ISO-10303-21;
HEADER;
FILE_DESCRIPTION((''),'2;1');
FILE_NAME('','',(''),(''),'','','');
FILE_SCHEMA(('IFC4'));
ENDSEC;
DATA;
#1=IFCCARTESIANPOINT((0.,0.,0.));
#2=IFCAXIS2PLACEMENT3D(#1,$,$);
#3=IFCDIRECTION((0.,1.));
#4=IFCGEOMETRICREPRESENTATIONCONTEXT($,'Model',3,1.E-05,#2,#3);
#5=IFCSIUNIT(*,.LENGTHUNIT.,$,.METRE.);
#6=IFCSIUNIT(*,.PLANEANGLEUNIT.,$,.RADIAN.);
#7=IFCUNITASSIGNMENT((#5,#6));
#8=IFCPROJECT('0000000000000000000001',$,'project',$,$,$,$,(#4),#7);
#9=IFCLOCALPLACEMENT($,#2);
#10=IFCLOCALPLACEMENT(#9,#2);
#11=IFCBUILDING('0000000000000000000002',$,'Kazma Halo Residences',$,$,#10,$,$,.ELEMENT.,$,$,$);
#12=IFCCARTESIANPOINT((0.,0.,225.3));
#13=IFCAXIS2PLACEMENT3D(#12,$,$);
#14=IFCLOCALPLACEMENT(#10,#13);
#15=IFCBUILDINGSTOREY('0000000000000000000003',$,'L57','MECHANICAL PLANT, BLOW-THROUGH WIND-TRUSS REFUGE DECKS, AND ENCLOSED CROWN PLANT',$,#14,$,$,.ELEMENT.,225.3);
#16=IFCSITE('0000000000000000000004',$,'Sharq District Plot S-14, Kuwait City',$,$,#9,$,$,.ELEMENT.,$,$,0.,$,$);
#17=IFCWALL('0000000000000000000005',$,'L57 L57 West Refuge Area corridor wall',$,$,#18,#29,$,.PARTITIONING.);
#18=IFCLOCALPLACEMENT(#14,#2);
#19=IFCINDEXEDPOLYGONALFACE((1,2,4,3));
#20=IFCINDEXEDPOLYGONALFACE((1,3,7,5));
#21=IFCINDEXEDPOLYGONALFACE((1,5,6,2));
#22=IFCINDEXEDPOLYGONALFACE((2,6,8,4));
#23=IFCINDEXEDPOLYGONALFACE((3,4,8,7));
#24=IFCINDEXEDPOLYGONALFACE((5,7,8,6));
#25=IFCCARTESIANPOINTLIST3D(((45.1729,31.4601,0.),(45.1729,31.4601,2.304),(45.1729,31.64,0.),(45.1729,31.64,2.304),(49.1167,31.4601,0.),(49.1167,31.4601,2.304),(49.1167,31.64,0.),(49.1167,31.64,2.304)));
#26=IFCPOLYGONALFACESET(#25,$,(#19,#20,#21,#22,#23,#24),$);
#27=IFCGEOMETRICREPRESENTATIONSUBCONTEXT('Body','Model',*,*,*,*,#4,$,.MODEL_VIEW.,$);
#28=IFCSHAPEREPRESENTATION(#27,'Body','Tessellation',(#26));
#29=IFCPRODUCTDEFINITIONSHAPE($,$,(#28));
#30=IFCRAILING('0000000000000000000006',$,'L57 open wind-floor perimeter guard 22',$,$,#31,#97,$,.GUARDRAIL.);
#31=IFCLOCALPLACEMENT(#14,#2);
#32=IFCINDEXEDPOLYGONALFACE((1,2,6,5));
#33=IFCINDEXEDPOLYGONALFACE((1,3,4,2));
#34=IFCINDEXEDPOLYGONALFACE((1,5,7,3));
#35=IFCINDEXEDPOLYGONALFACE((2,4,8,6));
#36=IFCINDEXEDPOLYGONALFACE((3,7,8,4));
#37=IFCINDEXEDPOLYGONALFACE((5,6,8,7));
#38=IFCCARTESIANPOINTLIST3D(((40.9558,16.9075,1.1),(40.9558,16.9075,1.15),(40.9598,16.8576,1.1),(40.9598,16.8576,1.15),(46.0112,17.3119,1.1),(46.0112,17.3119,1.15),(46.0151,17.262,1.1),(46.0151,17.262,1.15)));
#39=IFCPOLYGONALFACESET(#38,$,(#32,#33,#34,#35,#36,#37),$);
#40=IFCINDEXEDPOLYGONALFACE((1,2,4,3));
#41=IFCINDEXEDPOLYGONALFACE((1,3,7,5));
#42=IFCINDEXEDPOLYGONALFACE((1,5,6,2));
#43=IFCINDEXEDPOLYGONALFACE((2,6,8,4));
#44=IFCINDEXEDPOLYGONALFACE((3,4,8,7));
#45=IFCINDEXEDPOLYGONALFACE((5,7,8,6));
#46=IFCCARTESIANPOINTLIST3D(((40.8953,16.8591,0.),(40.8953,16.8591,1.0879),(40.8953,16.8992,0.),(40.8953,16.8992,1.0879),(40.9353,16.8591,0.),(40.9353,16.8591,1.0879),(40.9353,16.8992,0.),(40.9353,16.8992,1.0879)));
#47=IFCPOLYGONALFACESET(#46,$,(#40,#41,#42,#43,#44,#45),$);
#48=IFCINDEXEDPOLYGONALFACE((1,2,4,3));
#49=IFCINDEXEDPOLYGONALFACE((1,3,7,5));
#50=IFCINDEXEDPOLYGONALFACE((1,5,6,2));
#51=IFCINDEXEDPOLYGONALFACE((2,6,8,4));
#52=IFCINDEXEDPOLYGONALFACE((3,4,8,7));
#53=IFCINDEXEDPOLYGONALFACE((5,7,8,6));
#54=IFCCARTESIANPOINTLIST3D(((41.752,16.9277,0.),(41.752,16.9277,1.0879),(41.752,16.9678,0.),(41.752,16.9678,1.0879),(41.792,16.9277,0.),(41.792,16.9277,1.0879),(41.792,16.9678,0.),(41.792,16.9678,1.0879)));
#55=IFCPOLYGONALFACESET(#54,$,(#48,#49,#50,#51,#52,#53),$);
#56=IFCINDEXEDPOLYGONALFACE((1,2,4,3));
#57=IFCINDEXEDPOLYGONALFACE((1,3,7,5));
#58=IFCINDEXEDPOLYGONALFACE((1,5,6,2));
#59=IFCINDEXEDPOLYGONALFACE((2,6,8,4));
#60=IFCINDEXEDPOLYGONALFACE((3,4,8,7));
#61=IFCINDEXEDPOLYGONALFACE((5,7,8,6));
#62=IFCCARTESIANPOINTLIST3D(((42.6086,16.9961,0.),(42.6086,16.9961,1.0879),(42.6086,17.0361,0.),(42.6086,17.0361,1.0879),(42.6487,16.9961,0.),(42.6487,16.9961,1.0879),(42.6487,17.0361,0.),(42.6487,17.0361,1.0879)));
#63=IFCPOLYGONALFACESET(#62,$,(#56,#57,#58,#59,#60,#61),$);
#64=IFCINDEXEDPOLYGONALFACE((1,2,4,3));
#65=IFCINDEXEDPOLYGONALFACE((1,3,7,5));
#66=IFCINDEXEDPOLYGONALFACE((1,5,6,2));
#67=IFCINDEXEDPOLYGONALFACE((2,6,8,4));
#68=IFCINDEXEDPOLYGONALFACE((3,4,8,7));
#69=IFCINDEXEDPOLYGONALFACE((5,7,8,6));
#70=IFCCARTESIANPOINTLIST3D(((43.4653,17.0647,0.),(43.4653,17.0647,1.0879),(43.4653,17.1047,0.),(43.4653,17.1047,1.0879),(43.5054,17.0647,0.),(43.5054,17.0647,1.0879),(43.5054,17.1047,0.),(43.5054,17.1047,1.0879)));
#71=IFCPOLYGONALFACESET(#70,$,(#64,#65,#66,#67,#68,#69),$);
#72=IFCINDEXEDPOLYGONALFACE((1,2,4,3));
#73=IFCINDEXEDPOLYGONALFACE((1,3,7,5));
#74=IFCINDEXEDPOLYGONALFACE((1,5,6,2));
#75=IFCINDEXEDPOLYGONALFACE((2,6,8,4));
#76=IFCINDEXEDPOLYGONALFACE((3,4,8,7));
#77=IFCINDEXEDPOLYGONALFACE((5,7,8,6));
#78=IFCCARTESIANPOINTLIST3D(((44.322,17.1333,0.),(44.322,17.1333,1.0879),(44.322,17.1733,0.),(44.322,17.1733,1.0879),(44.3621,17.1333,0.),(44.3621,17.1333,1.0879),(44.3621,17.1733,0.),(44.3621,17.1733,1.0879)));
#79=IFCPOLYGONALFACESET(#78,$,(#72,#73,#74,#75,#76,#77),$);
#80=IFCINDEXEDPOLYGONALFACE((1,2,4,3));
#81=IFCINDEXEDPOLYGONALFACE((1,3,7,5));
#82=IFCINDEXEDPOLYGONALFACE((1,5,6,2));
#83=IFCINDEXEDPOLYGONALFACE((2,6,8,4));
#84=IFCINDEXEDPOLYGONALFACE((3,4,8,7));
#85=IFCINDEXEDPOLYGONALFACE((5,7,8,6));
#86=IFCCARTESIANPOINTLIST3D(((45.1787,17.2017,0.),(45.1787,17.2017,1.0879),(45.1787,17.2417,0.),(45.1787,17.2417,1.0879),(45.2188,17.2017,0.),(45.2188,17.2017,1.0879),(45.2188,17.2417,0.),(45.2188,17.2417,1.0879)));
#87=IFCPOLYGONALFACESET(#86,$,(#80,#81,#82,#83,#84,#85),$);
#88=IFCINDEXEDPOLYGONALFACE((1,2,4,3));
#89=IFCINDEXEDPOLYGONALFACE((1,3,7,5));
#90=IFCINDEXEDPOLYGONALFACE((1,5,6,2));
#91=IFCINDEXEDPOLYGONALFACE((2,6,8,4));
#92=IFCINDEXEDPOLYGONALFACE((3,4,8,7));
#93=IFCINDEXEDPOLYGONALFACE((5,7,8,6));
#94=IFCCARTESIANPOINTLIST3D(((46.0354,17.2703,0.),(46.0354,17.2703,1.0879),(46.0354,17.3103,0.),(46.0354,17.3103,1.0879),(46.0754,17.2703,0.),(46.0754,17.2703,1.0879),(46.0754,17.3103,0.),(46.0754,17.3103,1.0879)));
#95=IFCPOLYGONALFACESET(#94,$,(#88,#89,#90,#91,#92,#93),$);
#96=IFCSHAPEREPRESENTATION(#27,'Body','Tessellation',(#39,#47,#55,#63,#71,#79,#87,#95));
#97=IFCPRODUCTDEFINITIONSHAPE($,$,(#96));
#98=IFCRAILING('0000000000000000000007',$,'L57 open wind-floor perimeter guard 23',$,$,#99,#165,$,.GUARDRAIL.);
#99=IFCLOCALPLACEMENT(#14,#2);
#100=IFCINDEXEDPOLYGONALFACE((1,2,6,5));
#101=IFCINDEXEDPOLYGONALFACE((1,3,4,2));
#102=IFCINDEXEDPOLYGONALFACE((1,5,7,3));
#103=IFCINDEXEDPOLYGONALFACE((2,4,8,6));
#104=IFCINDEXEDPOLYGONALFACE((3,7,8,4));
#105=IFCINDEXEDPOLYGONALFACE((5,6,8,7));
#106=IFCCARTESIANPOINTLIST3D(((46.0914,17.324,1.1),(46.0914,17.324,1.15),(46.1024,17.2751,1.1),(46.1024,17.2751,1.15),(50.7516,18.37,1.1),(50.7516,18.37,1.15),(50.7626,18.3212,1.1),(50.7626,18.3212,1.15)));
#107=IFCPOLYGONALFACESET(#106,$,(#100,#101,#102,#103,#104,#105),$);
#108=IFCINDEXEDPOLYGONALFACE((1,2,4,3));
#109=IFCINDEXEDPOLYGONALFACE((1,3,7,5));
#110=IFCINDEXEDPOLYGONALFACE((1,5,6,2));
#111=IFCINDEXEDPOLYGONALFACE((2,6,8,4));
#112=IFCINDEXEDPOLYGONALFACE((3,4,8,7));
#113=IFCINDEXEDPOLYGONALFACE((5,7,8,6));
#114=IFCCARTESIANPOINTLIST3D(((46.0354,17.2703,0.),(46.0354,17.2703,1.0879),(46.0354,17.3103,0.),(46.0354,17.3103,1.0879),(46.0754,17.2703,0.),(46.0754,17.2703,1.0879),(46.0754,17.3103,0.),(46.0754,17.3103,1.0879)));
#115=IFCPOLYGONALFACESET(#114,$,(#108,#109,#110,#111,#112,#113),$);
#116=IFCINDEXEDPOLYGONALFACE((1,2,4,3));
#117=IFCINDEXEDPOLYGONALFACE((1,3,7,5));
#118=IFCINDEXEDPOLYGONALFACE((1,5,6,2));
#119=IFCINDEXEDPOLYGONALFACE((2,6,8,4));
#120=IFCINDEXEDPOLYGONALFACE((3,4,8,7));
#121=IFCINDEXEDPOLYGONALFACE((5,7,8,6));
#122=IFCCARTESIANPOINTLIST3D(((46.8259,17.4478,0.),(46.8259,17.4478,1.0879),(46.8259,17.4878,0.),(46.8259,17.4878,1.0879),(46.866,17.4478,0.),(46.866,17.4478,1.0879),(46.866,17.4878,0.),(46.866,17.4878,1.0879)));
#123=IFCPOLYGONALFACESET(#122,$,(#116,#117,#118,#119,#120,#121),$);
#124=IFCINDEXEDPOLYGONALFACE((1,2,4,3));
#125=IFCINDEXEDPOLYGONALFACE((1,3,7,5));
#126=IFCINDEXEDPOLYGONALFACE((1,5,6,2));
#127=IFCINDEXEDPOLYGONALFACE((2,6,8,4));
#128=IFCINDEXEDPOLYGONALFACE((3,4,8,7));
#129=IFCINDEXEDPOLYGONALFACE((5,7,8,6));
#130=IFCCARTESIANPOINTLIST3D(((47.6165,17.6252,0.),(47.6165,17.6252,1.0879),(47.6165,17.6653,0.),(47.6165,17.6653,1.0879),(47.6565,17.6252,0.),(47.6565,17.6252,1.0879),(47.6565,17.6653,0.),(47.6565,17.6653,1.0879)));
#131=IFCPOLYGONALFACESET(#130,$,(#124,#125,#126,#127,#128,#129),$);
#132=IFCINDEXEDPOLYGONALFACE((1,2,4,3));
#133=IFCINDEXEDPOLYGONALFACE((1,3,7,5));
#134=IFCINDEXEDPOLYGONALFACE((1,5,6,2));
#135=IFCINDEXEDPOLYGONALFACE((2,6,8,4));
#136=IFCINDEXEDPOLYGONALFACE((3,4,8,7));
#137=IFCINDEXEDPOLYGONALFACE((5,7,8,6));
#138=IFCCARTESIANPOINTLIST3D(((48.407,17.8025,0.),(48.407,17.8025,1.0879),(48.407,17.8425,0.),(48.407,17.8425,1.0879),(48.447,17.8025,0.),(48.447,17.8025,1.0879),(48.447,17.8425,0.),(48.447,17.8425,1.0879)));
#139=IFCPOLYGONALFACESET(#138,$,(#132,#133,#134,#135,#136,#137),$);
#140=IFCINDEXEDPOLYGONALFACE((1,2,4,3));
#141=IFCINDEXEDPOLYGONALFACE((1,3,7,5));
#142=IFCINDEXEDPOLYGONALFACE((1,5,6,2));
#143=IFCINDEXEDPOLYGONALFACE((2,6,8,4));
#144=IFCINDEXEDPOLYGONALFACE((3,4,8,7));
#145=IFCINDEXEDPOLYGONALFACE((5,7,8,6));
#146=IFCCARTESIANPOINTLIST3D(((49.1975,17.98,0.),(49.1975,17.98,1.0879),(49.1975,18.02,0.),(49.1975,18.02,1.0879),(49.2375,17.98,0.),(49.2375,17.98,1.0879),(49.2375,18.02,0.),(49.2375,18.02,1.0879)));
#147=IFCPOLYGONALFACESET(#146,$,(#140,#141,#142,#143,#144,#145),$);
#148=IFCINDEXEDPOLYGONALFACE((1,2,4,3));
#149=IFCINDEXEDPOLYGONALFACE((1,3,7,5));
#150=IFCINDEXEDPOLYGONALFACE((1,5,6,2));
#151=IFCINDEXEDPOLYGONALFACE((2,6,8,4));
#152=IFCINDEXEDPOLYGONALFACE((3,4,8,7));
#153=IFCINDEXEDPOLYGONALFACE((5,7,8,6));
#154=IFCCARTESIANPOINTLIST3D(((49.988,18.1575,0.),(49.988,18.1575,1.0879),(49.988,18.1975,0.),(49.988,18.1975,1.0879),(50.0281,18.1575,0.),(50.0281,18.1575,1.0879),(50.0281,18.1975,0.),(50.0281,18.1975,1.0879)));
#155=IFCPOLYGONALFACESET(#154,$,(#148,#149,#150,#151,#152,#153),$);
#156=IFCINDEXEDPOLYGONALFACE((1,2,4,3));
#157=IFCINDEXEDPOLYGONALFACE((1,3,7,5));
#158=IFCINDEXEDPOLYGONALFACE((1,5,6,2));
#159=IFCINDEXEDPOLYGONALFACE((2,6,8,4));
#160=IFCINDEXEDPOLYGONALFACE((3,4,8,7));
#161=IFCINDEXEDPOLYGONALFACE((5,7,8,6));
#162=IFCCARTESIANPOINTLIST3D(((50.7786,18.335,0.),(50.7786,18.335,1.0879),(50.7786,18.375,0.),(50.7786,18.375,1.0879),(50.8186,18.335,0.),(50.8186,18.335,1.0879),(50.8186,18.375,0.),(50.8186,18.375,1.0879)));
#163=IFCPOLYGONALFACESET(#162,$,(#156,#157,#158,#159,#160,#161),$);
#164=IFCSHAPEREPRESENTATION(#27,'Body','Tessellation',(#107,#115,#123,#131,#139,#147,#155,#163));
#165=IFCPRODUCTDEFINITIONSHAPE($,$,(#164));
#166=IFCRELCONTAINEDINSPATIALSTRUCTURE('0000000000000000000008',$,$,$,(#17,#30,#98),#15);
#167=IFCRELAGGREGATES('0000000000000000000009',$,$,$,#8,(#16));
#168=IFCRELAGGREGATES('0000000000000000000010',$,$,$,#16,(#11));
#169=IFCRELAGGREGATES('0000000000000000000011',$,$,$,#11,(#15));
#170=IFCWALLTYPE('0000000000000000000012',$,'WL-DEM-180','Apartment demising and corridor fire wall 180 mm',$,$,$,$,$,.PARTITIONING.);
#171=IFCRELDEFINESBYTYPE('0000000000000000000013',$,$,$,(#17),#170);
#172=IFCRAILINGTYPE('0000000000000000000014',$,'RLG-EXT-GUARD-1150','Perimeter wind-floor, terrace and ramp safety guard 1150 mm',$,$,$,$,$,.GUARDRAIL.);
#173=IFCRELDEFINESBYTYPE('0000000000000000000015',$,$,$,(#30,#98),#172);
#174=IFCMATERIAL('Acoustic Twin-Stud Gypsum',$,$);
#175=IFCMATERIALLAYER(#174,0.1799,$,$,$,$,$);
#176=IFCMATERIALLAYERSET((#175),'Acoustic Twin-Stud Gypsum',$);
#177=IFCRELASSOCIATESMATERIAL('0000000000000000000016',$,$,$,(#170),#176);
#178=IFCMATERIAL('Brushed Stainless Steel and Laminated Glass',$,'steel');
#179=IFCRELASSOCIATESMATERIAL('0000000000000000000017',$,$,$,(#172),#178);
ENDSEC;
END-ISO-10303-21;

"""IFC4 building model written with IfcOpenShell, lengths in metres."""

from ifc_helpers import new_model, si_unit, direction, frame, frame_2d, origin, origin_2d, place, context, subcontext, project, spatial, rectangle, extrude, material, layer, layer_set, type_object, element, save


model = new_model("IFC4")

# Units and contexts
model_context = context("Model", 3, precision=1e-05, world=origin(), true_north=direction((0.0, 1.0)))
body_context = subcontext(model_context, "Body", "Model", "MODEL_VIEW")
ifc_project = project(units=[si_unit("LENGTHUNIT", "METRE"), si_unit("PLANEANGLEUNIT", "RADIAN")], contexts=[model_context])

# Site, building, storey
site_placement = place(None, origin())
site = spatial("IfcSite", under=ifc_project, at=site_placement, Name="Sharq District Plot S-14, Kuwait City", CompositionType="ELEMENT", RefElevation=0.0)
building_placement = place(site_placement, origin())
building = spatial("IfcBuilding", under=site, at=building_placement, Name="Kazma Halo Residences", CompositionType="ELEMENT")
storey_placement = place(building_placement, frame((0.0, 0.0, 225.3)))
storey = spatial("IfcBuildingStorey", under=building, at=storey_placement, Name="L57", Description="MECHANICAL PLANT, BLOW-THROUGH WIND-TRUSS REFUGE DECKS, AND ENCLOSED CROWN PLANT", CompositionType="ELEMENT", Elevation=225.3)

# Shared definitions
ifc_material_1 = material(Name="Acoustic Twin-Stud Gypsum")
ifc_layer_1 = layer(ifc_material_1, 0.1799)
ifc_layer_set_1 = layer_set([ifc_layer_1], Name="Acoustic Twin-Stud Gypsum")
wall_type_1 = type_object("IfcWallType", Name="WL-DEM-180", Description="Apartment demising and corridor fire wall 180 mm", PredefinedType="PARTITIONING", material=ifc_layer_set_1)

# Wall
wall_1_placement = place(storey_placement, frame((45.1729, 31.55, 0.0), z_axis=(0.0, 0.0, 1.0), x_axis=(1.0, 0.0, 0.0)))
element("IfcWall", 1, at=wall_1_placement, inside=storey, type_object=wall_type_1, Name="L57 L57 West Refuge Area corridor wall", PredefinedType="PARTITIONING", context=body_context, shape_type="SweptSolid", body=[
    extrude(rectangle(XDim=3.9438, YDim=0.1799, at=frame_2d((1.9719, 0.0))), origin(), (0.0, 0.0, 1.0), 2.304),
])

# Railings
ifc_material_2 = material(Name="Brushed Stainless Steel and Laminated Glass", Category="steel")
railing_type = type_object("IfcRailingType", Name="RLG-EXT-GUARD-1150", Description="Perimeter wind-floor, terrace and ramp safety guard 1150 mm", PredefinedType="GUARDRAIL", material=ifc_material_2)
railing_1_placement = place(storey_placement, frame((40.9153, 16.8792, 0.0)))
element("IfcRailing", 2, at=railing_1_placement, inside=storey, type_object=railing_type, Name="L57 open wind-floor perimeter guard 22", PredefinedType="GUARDRAIL", context=body_context, shape_type="SweptSolid", body=[
    extrude(rectangle(XDim=0.05, YDim=0.05, at=origin_2d()), frame((0.0425, 0.0034, 1.125), z_axis=(0.996816, 0.07973, 0.0), x_axis=(-0.07973, 0.996816, 0.0)), (0.0, 0.0, 1.0), 5.0715),
    extrude(rectangle(XDim=0.04, YDim=0.04, at=origin_2d()), origin(), (0.0, 0.0, 1.0), 1.0879),
    extrude(rectangle(XDim=0.04, YDim=0.04, at=origin_2d()), frame((0.8567, 0.0686, 0.0)), (0.0, 0.0, 1.0), 1.0879),
    extrude(rectangle(XDim=0.04, YDim=0.04, at=origin_2d()), frame((1.7134, 0.137, 0.0)), (0.0, 0.0, 1.0), 1.0879),
    extrude(rectangle(XDim=0.04, YDim=0.04, at=origin_2d()), frame((2.5701, 0.2056, 0.0)), (0.0, 0.0, 1.0), 1.0879),
    extrude(rectangle(XDim=0.04, YDim=0.04, at=origin_2d()), frame((3.4268, 0.2742, 0.0)), (0.0, 0.0, 1.0), 1.0879),
    extrude(rectangle(XDim=0.04, YDim=0.04, at=origin_2d()), frame((4.2834, 0.3425, 0.0)), (0.0, 0.0, 1.0), 1.0879),
    extrude(rectangle(XDim=0.04, YDim=0.04, at=origin_2d()), frame((5.1401, 0.4111, 0.0)), (0.0, 0.0, 1.0), 1.0879),
])
railing_2_placement = place(storey_placement, frame((46.0554, 17.2903, 0.0)))
element("IfcRailing", 3, at=railing_2_placement, inside=storey, type_object=railing_type, Name="L57 open wind-floor perimeter guard 23", PredefinedType="GUARDRAIL", context=body_context, shape_type="SweptSolid", body=[
    extrude(rectangle(XDim=0.05, YDim=0.05, at=origin_2d()), frame((0.0415, 0.0093, 1.125), z_axis=(0.97572, 0.21902, 0.0), x_axis=(-0.21902, 0.97572, 0.0)), (0.0, 0.0, 1.0), 4.7761),
    extrude(rectangle(XDim=0.04, YDim=0.04, at=origin_2d()), origin(), (0.0, 0.0, 1.0), 1.0879),
    extrude(rectangle(XDim=0.04, YDim=0.04, at=origin_2d()), frame((0.7905, 0.1775, 0.0)), (0.0, 0.0, 1.0), 1.0879),
    extrude(rectangle(XDim=0.04, YDim=0.04, at=origin_2d()), frame((1.5811, 0.355, 0.0)), (0.0, 0.0, 1.0), 1.0879),
    extrude(rectangle(XDim=0.04, YDim=0.04, at=origin_2d()), frame((2.3716, 0.5322, 0.0)), (0.0, 0.0, 1.0), 1.0879),
    extrude(rectangle(XDim=0.04, YDim=0.04, at=origin_2d()), frame((3.1621, 0.7097, 0.0)), (0.0, 0.0, 1.0), 1.0879),
    extrude(rectangle(XDim=0.04, YDim=0.04, at=origin_2d()), frame((3.9526, 0.8872, 0.0)), (0.0, 0.0, 1.0), 1.0879),
    extrude(rectangle(XDim=0.04, YDim=0.04, at=origin_2d()), frame((4.7432, 1.0647, 0.0)), (0.0, 0.0, 1.0), 1.0879),
])

save(model, "model.ifc")
